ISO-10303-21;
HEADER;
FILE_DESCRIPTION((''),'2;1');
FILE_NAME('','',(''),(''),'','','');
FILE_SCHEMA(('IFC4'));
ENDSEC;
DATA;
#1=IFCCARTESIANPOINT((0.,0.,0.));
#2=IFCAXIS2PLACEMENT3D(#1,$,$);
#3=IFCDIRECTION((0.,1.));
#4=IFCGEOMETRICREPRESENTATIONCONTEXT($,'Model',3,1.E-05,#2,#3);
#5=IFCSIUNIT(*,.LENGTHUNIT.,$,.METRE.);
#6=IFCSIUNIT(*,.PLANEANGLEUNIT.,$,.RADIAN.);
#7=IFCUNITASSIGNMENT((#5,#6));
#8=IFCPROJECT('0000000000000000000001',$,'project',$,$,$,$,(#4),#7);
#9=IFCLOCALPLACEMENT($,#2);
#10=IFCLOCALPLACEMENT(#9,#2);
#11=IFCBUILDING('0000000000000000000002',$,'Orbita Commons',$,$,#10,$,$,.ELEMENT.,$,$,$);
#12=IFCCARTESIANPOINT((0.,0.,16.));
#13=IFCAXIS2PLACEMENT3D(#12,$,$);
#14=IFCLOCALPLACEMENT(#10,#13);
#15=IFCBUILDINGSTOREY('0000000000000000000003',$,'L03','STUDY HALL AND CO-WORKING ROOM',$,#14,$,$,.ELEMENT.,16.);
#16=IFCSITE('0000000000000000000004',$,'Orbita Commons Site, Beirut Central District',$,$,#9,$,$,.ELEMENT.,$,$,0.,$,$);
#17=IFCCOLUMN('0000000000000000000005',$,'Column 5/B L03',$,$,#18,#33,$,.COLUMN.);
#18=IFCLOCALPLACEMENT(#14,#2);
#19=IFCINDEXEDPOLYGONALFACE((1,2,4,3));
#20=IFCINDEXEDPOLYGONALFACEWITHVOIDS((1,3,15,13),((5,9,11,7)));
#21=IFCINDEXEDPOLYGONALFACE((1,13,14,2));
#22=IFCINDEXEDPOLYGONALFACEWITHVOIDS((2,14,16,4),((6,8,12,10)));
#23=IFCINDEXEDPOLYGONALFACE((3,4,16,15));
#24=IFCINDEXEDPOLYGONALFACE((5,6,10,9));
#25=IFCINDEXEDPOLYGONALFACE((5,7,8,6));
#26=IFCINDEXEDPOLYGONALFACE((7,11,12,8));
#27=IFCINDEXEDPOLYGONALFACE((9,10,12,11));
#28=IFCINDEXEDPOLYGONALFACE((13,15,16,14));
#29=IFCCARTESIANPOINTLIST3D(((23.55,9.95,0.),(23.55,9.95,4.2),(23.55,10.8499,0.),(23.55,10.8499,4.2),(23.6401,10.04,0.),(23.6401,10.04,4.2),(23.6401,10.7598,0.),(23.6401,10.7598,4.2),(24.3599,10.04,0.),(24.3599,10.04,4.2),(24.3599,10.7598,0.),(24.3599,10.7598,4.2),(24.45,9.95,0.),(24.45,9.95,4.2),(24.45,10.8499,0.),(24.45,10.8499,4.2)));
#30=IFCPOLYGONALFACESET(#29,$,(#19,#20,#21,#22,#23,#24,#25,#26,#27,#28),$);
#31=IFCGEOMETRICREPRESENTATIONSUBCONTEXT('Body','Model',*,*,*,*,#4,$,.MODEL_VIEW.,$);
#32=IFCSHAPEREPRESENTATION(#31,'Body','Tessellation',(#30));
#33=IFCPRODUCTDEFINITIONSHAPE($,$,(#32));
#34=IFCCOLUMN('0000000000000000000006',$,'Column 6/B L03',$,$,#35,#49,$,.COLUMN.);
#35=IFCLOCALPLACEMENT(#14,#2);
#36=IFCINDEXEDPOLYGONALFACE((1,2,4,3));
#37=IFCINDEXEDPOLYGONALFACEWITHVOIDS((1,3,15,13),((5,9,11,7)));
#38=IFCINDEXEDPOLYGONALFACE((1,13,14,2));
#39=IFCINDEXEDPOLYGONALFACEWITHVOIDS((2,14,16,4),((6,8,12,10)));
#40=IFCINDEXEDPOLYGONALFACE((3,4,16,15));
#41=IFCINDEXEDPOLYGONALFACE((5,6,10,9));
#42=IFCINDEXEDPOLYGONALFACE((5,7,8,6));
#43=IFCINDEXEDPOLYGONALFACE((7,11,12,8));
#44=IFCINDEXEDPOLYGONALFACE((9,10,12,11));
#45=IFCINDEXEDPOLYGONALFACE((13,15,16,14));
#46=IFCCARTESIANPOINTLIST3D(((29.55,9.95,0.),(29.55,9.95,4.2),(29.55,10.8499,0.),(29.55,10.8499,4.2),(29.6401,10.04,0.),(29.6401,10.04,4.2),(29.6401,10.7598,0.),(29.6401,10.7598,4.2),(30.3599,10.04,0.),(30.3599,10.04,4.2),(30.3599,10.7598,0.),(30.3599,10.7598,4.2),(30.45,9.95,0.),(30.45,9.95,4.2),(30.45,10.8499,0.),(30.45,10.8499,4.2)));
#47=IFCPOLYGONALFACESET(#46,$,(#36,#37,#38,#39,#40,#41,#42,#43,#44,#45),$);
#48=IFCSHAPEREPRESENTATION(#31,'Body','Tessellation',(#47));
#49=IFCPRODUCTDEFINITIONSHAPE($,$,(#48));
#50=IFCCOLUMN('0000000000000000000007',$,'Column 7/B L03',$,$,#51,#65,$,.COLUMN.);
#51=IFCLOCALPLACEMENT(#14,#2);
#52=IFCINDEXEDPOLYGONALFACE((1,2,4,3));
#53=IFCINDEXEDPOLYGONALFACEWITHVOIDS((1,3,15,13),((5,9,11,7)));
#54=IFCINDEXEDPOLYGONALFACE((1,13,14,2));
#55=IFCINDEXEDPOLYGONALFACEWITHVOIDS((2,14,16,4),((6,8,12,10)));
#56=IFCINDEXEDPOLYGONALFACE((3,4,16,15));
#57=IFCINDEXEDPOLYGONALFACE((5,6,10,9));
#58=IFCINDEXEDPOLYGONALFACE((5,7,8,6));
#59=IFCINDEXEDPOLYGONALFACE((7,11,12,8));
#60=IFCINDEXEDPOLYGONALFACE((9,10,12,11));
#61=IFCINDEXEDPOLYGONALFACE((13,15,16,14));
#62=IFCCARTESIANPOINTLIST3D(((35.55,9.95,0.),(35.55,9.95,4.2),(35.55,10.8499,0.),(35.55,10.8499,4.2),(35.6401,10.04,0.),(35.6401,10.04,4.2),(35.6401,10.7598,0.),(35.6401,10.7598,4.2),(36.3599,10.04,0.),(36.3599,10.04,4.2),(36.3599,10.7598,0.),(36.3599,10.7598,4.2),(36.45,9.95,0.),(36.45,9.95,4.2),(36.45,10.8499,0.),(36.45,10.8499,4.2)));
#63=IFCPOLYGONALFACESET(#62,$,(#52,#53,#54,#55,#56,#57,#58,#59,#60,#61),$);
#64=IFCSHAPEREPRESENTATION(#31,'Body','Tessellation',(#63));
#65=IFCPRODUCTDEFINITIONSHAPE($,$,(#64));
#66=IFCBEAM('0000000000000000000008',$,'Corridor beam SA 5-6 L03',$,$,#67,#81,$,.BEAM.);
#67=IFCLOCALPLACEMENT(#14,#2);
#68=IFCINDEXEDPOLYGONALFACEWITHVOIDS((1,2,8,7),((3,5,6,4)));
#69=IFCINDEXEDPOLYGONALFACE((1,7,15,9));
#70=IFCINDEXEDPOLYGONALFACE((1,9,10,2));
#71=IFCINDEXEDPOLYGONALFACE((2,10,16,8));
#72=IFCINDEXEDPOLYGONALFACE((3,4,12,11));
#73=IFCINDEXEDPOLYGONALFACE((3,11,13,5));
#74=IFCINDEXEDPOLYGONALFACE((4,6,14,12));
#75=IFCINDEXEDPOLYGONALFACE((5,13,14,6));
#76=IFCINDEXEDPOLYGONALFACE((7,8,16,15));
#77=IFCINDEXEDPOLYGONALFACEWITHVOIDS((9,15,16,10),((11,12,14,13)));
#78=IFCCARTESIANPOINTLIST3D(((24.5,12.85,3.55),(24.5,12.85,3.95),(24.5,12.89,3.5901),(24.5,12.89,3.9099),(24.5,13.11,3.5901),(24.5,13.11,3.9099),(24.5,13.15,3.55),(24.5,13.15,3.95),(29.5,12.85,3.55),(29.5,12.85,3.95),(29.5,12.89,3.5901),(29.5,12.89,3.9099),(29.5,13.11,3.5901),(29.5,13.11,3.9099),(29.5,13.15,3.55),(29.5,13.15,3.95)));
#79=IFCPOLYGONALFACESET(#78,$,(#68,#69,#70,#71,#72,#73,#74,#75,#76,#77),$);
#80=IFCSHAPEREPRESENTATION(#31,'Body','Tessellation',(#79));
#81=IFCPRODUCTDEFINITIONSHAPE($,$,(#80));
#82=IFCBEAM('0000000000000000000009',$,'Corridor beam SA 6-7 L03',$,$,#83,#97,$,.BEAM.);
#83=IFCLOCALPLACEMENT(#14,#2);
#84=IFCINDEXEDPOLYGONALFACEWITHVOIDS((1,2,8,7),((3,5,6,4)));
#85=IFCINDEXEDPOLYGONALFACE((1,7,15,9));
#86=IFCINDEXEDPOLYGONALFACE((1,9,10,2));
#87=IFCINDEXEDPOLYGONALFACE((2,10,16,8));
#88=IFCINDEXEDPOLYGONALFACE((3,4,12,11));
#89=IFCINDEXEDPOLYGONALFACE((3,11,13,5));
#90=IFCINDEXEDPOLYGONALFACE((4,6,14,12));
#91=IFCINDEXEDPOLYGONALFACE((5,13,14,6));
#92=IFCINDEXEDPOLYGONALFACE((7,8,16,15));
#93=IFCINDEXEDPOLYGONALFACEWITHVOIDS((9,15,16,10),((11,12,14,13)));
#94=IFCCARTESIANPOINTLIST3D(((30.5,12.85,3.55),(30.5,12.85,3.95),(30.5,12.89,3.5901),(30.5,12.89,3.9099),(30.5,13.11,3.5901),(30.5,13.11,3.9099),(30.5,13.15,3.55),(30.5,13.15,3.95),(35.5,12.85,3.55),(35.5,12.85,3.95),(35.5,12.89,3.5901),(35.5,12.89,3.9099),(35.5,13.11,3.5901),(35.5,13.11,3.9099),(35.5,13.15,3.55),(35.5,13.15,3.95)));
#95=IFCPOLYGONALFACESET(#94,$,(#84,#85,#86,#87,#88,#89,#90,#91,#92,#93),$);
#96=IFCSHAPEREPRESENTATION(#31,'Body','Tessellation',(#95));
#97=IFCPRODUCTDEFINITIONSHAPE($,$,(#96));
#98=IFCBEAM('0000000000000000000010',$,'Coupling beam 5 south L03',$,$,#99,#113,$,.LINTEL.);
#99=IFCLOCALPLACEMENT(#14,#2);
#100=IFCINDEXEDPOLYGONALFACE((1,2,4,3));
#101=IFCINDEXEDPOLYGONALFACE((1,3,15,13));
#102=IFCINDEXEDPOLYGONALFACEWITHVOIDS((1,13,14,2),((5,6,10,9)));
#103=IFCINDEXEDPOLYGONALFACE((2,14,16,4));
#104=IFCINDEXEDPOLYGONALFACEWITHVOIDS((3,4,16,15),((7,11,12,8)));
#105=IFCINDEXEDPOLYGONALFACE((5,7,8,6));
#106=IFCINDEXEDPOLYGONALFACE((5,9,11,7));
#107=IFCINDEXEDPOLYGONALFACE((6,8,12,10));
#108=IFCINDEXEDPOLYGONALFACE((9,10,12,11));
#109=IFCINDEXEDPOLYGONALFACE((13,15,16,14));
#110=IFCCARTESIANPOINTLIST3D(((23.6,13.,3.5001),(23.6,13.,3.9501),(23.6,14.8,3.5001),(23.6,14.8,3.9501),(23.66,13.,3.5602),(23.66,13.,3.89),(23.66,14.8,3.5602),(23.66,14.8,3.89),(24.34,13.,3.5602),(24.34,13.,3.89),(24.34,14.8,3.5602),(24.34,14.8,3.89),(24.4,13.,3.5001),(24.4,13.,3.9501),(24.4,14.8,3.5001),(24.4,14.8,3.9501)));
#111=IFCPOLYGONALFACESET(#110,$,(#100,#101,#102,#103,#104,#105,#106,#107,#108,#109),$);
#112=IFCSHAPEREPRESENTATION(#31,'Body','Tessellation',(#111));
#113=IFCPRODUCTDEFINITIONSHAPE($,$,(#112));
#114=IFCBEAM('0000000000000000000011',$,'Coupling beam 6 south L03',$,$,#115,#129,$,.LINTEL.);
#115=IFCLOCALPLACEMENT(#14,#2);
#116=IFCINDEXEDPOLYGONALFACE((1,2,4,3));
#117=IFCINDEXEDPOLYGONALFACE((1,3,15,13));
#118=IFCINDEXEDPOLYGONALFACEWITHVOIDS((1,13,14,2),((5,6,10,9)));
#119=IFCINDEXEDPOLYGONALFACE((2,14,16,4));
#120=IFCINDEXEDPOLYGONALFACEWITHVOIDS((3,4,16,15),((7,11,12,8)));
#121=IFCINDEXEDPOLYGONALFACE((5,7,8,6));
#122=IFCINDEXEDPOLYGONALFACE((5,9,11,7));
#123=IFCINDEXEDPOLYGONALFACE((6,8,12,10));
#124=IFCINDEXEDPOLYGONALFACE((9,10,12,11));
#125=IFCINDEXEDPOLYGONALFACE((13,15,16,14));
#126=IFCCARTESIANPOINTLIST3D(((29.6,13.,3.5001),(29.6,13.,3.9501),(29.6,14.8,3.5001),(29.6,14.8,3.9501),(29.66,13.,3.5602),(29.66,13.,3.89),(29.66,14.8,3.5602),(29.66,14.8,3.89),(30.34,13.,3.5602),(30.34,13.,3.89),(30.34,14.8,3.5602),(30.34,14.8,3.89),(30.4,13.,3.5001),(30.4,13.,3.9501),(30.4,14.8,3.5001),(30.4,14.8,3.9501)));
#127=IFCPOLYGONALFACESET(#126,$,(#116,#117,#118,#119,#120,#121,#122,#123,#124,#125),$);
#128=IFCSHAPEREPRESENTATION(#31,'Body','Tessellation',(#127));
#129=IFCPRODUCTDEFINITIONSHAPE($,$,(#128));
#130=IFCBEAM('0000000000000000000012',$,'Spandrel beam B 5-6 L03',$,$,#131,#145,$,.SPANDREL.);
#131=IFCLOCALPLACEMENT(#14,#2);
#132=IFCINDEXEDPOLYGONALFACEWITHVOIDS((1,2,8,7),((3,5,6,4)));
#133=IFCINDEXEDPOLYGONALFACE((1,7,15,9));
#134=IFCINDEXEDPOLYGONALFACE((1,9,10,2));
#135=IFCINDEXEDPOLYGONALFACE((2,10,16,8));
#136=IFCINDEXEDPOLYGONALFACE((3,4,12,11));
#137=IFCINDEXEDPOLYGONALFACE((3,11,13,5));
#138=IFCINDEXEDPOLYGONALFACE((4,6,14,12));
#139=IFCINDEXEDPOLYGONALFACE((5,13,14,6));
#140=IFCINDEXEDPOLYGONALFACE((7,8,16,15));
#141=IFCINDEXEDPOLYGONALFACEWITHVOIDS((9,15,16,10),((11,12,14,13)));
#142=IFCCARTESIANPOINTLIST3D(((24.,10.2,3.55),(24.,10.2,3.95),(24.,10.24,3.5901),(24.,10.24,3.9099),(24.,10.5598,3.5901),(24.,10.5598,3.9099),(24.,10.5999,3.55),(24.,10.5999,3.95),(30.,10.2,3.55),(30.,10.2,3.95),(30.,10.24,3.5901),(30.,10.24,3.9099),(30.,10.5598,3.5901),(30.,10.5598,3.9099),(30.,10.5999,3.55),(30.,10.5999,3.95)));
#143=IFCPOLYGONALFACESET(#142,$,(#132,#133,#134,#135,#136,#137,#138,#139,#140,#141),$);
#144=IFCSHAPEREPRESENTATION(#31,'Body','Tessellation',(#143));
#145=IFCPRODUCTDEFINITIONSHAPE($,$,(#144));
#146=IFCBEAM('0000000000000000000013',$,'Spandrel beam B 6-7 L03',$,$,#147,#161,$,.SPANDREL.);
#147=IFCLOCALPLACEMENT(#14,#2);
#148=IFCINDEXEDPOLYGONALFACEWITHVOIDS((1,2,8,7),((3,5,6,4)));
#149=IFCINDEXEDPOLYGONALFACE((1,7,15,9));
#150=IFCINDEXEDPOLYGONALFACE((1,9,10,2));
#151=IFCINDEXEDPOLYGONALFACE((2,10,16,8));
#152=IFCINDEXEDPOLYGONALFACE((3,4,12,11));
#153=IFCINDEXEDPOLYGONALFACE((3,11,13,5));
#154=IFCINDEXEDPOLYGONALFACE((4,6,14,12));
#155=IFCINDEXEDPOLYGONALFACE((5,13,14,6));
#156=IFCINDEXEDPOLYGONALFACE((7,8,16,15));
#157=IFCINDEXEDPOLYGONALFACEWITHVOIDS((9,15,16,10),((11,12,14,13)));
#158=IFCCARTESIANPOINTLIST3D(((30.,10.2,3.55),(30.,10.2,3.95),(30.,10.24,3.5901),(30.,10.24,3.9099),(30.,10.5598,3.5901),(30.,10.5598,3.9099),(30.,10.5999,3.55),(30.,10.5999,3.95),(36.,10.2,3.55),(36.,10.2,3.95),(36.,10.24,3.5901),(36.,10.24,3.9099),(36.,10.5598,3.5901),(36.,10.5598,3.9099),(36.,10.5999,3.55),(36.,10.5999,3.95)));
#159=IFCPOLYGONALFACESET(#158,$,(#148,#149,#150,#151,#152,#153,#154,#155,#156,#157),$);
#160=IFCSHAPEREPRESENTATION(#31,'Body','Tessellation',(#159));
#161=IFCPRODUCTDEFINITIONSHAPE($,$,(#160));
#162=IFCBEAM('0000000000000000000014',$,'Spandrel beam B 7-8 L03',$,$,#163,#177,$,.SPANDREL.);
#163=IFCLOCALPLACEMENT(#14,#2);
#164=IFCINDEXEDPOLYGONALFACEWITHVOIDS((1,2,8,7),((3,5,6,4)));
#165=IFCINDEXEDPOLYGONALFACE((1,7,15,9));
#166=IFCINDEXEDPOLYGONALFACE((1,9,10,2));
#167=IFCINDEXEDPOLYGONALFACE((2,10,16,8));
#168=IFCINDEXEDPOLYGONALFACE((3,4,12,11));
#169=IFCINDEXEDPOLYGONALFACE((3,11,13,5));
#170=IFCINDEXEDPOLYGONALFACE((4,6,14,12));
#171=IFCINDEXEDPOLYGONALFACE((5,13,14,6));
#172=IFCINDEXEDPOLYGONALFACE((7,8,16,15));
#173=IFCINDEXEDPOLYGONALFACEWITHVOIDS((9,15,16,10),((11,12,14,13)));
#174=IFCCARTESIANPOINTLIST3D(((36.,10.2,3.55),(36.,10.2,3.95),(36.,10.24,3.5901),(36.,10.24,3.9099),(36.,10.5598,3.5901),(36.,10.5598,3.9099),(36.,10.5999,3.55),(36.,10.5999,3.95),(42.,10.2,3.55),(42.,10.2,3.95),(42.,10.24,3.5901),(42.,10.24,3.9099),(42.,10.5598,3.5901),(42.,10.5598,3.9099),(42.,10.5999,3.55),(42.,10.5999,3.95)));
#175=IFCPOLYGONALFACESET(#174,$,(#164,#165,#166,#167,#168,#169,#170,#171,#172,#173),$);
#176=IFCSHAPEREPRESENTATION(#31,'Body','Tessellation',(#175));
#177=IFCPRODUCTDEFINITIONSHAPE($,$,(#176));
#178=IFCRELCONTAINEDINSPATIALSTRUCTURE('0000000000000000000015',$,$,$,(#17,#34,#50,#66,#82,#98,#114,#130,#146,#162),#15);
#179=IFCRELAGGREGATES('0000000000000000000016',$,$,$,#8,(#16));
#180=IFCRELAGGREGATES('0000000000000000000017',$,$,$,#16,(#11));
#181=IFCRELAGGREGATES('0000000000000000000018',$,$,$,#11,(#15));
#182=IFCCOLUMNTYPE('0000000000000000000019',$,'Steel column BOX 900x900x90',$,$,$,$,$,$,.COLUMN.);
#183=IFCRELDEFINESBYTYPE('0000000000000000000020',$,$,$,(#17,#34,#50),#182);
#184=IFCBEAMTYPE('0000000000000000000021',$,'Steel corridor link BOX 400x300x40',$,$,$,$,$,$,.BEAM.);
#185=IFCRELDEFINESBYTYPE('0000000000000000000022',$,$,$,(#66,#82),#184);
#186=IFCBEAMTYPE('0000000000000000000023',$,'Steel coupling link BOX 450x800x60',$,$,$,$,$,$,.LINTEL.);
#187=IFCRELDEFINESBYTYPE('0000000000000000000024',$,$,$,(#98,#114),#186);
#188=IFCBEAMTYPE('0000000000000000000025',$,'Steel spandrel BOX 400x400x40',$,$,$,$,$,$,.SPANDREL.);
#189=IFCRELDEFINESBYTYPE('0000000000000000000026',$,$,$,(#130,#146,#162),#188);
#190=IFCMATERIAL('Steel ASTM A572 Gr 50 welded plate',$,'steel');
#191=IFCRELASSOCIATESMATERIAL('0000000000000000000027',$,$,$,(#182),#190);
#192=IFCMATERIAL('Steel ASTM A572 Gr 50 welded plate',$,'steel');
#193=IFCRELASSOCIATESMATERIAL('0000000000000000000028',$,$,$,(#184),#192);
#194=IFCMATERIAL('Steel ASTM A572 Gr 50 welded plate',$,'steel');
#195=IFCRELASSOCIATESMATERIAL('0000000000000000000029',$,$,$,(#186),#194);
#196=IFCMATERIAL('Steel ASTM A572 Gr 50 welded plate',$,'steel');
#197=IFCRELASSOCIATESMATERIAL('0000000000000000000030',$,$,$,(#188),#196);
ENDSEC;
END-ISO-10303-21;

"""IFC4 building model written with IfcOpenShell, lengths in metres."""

from ifc_helpers import new_model, si_unit, direction, frame, origin, origin_2d, place, context, subcontext, project, spatial, hollow_rectangle, extrude, material, material_profile, profile_set, type_object, element, save


model = new_model("IFC4")

# Units and contexts
model_context = context("Model", 3, precision=1e-05, world=origin(), true_north=direction((0.0, 1.0)))
body_context = subcontext(model_context, "Body", "Model", "MODEL_VIEW")
ifc_project = project(units=[si_unit("LENGTHUNIT", "METRE"), si_unit("PLANEANGLEUNIT", "RADIAN")], contexts=[model_context])

# Site, building, storey
site_placement = place(None, origin())
site = spatial("IfcSite", under=ifc_project, at=site_placement, Name="Orbita Commons Site, Beirut Central District", CompositionType="ELEMENT", RefElevation=0.0)
building_placement = place(site_placement, origin())
building = spatial("IfcBuilding", under=site, at=building_placement, Name="Orbita Commons", CompositionType="ELEMENT")
storey_placement = place(building_placement, frame((0.0, 0.0, 16.0)))
storey = spatial("IfcBuildingStorey", under=building, at=storey_placement, Name="L03", Description="STUDY HALL AND CO-WORKING ROOM", CompositionType="ELEMENT", Elevation=16.0)

# Columns
ifc_material_1 = material(Name="Steel ASTM A572 Gr 50 welded plate", Category="steel")
ifc_material_profile_1 = material_profile(ifc_material_1, hollow_rectangle(XDim=0.8999, YDim=0.8999, WallThickness=0.0901, at=origin_2d()), Name="BOX 900x900x90")
ifc_profile_set_1 = profile_set([ifc_material_profile_1], Name="Steel ASTM A572 Gr 50 welded plate")
column_type = type_object("IfcColumnType", Name="Steel column BOX 900x900x90", PredefinedType="COLUMN", material=ifc_profile_set_1)
for number, where, z_axis, x_axis, name in (
    (1, (24.0, 10.3999, 0.0), (0.0, 0.0, 1.0), (1.0, 0.0, 0.0), "Column 5/B L03"),
    (2, (30.0, 10.3999, 0.0), (0.0, 0.0, 1.0), (1.0, 0.0, 0.0), "Column 6/B L03"),
    (3, (36.0, 10.3999, 0.0), (0.0, 0.0, 1.0), (1.0, 0.0, 0.0), "Column 7/B L03"),
):
    element("IfcColumn", number, at=place(storey_placement, frame(where, z_axis=z_axis, x_axis=x_axis)), inside=storey, type_object=column_type, Name=name, PredefinedType="COLUMN", context=body_context, shape_type="SweptSolid", body=[
        extrude(hollow_rectangle(XDim=0.8999, YDim=0.8999, WallThickness=0.0901, at=origin_2d()), origin(), (0.0, 0.0, 1.0), 4.2),
    ])

# Beams
ifc_material_2 = material(Name="Steel ASTM A572 Gr 50 welded plate", Category="steel")
ifc_material_profile_2 = material_profile(ifc_material_2, hollow_rectangle(XDim=0.3, YDim=0.3999, WallThickness=0.04, at=origin_2d()), Name="BOX 400x300x40")
ifc_profile_set_2 = profile_set([ifc_material_profile_2], Name="Steel ASTM A572 Gr 50 welded plate")
beam_type_1 = type_object("IfcBeamType", Name="Steel corridor link BOX 400x300x40", PredefinedType="BEAM", material=ifc_profile_set_2)
for number, where, z_axis, x_axis, name in (
    (4, (24.5, 13.0, 3.75), (1.0, 0.0, 0.0), (0.0, 1.0, 0.0), "Corridor beam SA 5-6 L03"),
    (5, (30.5, 13.0, 3.75), (1.0, 0.0, 0.0), (0.0, 1.0, 0.0), "Corridor beam SA 6-7 L03"),
):
    element("IfcBeam", number, at=place(storey_placement, frame(where, z_axis=z_axis, x_axis=x_axis)), inside=storey, type_object=beam_type_1, Name=name, PredefinedType="BEAM", context=body_context, shape_type="SweptSolid", body=[
        extrude(hollow_rectangle(XDim=0.3, YDim=0.3999, WallThickness=0.04, at=origin_2d()), origin(), (0.0, 0.0, 1.0), 5.0),
    ])
ifc_material_3 = material(Name="Steel ASTM A572 Gr 50 welded plate", Category="steel")
ifc_material_profile_3 = material_profile(ifc_material_3, hollow_rectangle(XDim=0.8, YDim=0.45, WallThickness=0.0601, at=origin_2d()), Name="BOX 450x800x60")
ifc_profile_set_3 = profile_set([ifc_material_profile_3], Name="Steel ASTM A572 Gr 50 welded plate")
beam_type_2 = type_object("IfcBeamType", Name="Steel coupling link BOX 450x800x60", PredefinedType="LINTEL", material=ifc_profile_set_3)
for number, where, z_axis, x_axis, name in (
    (6, (24.0, 13.0, 3.7251), (0.0, 1.0, 0.0), (-1.0, 0.0, 0.0), "Coupling beam 5 south L03"),
    (7, (30.0, 13.0, 3.7251), (0.0, 1.0, 0.0), (-1.0, 0.0, 0.0), "Coupling beam 6 south L03"),
):
    element("IfcBeam", number, at=place(storey_placement, frame(where, z_axis=z_axis, x_axis=x_axis)), inside=storey, type_object=beam_type_2, Name=name, PredefinedType="LINTEL", context=body_context, shape_type="SweptSolid", body=[
        extrude(hollow_rectangle(XDim=0.8, YDim=0.45, WallThickness=0.0601, at=origin_2d()), origin(), (0.0, 0.0, 1.0), 1.8),
    ])
ifc_material_4 = material(Name="Steel ASTM A572 Gr 50 welded plate", Category="steel")
ifc_material_profile_4 = material_profile(ifc_material_4, hollow_rectangle(XDim=0.3999, YDim=0.3999, WallThickness=0.04, at=origin_2d()), Name="BOX 400x400x40")
ifc_profile_set_4 = profile_set([ifc_material_profile_4], Name="Steel ASTM A572 Gr 50 welded plate")
beam_type_3 = type_object("IfcBeamType", Name="Steel spandrel BOX 400x400x40", PredefinedType="SPANDREL", material=ifc_profile_set_4)
for number, where, z_axis, x_axis, name in (
    (8, (24.0, 10.3999, 3.75), (1.0, 0.0, 0.0), (0.0, 1.0, 0.0), "Spandrel beam B 5-6 L03"),
    (9, (30.0, 10.3999, 3.75), (1.0, 0.0, 0.0), (0.0, 1.0, 0.0), "Spandrel beam B 6-7 L03"),
    (10, (36.0, 10.3999, 3.75), (1.0, 0.0, 0.0), (0.0, 1.0, 0.0), "Spandrel beam B 7-8 L03"),
):
    element("IfcBeam", number, at=place(storey_placement, frame(where, z_axis=z_axis, x_axis=x_axis)), inside=storey, type_object=beam_type_3, Name=name, PredefinedType="SPANDREL", context=body_context, shape_type="SweptSolid", body=[
        extrude(hollow_rectangle(XDim=0.3999, YDim=0.3999, WallThickness=0.04, at=origin_2d()), origin(), (0.0, 0.0, 1.0), 6.0),
    ])

save(model, "model.ifc")
